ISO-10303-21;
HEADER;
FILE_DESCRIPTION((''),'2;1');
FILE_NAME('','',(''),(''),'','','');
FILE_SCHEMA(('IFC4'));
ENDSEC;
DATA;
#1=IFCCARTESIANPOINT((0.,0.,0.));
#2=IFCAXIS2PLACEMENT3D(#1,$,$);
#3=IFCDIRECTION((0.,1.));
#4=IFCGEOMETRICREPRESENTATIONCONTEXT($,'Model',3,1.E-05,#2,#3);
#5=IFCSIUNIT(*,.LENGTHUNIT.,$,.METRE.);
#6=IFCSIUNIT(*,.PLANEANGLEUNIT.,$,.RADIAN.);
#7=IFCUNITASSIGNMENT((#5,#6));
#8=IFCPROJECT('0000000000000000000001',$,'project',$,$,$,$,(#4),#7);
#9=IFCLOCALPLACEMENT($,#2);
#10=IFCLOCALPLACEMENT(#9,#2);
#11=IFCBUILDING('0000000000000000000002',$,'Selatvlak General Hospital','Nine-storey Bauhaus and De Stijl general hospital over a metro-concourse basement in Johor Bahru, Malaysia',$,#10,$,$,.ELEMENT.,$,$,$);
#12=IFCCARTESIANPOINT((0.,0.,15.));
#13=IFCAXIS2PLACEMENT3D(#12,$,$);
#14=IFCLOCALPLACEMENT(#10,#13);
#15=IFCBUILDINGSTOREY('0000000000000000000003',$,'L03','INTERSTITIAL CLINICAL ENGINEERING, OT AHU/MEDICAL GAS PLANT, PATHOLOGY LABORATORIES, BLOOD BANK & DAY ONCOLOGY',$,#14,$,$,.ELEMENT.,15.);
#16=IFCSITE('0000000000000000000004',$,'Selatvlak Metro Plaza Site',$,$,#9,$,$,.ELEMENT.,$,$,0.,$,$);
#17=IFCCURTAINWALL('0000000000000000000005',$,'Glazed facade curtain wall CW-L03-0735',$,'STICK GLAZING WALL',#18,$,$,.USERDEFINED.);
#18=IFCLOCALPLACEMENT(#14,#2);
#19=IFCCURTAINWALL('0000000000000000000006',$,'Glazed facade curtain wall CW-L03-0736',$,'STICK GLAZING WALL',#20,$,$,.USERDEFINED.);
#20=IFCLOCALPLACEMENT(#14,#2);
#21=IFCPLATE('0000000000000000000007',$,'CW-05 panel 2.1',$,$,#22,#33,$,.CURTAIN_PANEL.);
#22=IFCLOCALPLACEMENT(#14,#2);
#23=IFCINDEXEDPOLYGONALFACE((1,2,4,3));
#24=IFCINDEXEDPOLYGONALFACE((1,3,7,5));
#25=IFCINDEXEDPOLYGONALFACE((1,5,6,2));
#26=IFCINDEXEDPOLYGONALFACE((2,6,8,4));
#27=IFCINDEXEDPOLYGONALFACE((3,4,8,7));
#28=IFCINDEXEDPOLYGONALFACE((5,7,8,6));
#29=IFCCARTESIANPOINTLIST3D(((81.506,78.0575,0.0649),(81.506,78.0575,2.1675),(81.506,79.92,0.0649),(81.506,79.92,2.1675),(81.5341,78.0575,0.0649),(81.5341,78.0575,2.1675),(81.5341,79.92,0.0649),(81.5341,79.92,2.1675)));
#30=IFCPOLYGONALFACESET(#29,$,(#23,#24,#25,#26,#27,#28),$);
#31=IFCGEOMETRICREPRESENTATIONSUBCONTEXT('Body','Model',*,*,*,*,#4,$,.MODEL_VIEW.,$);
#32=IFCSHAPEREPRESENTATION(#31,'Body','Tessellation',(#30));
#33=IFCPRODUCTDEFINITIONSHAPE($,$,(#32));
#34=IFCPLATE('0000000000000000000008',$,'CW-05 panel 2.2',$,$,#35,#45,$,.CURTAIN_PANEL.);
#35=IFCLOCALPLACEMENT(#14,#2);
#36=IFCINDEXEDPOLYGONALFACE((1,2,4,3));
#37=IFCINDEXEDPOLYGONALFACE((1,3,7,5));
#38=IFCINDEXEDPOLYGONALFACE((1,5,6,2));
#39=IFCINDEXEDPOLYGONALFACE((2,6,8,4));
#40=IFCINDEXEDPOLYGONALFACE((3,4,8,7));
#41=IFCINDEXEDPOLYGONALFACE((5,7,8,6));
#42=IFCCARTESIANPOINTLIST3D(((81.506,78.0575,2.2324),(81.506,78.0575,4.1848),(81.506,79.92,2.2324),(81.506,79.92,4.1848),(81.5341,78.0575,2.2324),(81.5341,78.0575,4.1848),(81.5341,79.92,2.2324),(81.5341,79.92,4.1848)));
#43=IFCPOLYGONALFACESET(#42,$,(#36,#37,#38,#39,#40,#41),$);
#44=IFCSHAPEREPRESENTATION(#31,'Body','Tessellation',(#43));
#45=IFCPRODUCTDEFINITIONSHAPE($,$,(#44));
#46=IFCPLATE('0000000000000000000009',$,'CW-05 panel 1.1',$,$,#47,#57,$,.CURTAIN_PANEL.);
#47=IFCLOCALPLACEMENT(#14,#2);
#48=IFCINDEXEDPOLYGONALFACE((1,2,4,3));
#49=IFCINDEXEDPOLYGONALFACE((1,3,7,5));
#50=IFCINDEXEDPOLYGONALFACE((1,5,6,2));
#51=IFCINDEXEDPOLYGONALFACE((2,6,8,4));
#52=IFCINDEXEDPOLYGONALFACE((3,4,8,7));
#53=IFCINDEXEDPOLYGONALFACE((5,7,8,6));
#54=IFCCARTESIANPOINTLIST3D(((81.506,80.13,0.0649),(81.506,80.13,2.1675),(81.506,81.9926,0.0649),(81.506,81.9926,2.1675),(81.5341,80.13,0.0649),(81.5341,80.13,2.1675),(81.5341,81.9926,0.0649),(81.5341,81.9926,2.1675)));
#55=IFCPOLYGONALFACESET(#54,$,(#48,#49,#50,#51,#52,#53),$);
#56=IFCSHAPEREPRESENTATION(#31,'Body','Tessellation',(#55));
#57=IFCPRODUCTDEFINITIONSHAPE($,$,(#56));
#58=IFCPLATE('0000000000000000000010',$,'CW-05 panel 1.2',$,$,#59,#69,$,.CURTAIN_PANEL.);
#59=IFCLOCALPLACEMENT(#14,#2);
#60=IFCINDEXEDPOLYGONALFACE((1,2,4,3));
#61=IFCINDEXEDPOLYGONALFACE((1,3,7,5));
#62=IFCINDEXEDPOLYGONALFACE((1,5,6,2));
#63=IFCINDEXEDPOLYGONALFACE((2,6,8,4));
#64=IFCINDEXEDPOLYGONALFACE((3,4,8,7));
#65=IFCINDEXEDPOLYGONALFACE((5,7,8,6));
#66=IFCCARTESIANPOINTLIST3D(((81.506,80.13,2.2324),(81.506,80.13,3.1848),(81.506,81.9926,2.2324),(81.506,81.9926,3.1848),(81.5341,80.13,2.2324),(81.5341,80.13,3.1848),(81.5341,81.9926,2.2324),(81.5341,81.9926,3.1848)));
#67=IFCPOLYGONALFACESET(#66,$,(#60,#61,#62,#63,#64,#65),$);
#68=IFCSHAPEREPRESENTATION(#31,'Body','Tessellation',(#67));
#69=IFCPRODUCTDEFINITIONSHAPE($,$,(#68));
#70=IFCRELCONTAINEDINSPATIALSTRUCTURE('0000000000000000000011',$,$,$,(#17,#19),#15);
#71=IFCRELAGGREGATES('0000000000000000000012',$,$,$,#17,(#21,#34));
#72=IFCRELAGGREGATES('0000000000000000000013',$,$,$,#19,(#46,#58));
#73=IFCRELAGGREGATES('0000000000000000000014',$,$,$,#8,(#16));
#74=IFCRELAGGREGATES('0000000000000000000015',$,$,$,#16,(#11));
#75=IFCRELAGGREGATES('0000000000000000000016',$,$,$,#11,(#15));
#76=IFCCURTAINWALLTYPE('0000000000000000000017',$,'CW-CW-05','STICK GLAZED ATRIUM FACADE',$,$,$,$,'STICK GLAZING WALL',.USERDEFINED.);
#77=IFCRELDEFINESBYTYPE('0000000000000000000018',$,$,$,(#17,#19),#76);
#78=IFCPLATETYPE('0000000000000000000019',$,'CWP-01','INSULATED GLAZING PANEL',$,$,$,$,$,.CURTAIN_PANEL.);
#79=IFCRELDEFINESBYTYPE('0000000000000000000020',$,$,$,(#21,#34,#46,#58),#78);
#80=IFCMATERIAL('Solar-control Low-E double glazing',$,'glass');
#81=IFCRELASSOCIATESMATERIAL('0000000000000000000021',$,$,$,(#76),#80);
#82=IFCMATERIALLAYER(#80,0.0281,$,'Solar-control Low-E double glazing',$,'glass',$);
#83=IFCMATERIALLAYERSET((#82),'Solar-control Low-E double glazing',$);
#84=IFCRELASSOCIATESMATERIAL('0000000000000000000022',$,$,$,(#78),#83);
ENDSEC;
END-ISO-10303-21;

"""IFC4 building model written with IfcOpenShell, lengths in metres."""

from ifc_helpers import new_model, si_unit, direction, frame, origin, origin_2d, place, context, subcontext, project, spatial, rectangle, extrude, material, layer, layer_set, type_object, element, aggregate, save


model = new_model("IFC4")

# Units and contexts
model_context = context("Model", 3, precision=1e-05, world=origin(), true_north=direction((0.0, 1.0)))
body_context = subcontext(model_context, "Body", "Model", "MODEL_VIEW")
ifc_project = project(units=[si_unit("LENGTHUNIT", "METRE"), si_unit("PLANEANGLEUNIT", "RADIAN")], contexts=[model_context])

# Site, building, storey
site_placement = place(None, origin())
site = spatial("IfcSite", under=ifc_project, at=site_placement, Name="Selatvlak Metro Plaza Site", CompositionType="ELEMENT", RefElevation=0.0)
building_placement = place(site_placement, origin())
building = spatial("IfcBuilding", under=site, at=building_placement, Name="Selatvlak General Hospital", Description="Nine-storey Bauhaus and De Stijl general hospital over a metro-concourse basement in Johor Bahru, Malaysia", CompositionType="ELEMENT")
storey_placement = place(building_placement, frame((0.0, 0.0, 15.0)))
storey = spatial("IfcBuildingStorey", under=building, at=storey_placement, Name="L03", Description="INTERSTITIAL CLINICAL ENGINEERING, OT AHU/MEDICAL GAS PLANT, PATHOLOGY LABORATORIES, BLOOD BANK & DAY ONCOLOGY", CompositionType="ELEMENT", Elevation=15.0)

# Shared definitions
ifc_material_1 = material(Name="Solar-control Low-E double glazing", Category="glass")
curtain_wall_type = type_object("IfcCurtainWallType", Name="CW-CW-05", Description="STICK GLAZED ATRIUM FACADE", ElementType="STICK GLAZING WALL", PredefinedType="USERDEFINED", material=ifc_material_1)

# Curtain walls
curtain_wall_1_placement = place(storey_placement, origin())
curtain_wall_1 = element("IfcCurtainWall", 1, at=curtain_wall_1_placement, inside=storey, type_object=curtain_wall_type, Name="Glazed facade curtain wall CW-L03-0735", ObjectType="STICK GLAZING WALL", PredefinedType="USERDEFINED")
curtain_wall_2_placement = place(storey_placement, origin())
curtain_wall_2 = element("IfcCurtainWall", 2, at=curtain_wall_2_placement, inside=storey, type_object=curtain_wall_type, Name="Glazed facade curtain wall CW-L03-0736", ObjectType="STICK GLAZING WALL", PredefinedType="USERDEFINED")

# Plates
ifc_layer = layer(ifc_material_1, 0.0281, Name="Solar-control Low-E double glazing", Category="glass")
ifc_layer_set = layer_set([ifc_layer], Name="Solar-control Low-E double glazing")
plate_type = type_object("IfcPlateType", Name="CWP-01", Description="INSULATED GLAZING PANEL", PredefinedType="CURTAIN_PANEL", material=ifc_layer_set)
plate_1_placement = place(storey_placement, frame((81.52, 78.9888, 0.0649), z_axis=(0.0, 0.0, 1.0), x_axis=(0.0, 1.0, 0.0)))
plate_1 = element("IfcPlate", 3, at=plate_1_placement, type_object=plate_type, Name="CW-05 panel 2.1", PredefinedType="CURTAIN_PANEL", context=body_context, shape_type="SweptSolid", body=[
    extrude(rectangle(XDim=1.8625, YDim=0.0281, at=origin_2d()), origin(), (0.0, 0.0, 1.0), 2.1025),
])
plate_2_placement = place(storey_placement, frame((81.52, 78.9888, 2.2324), z_axis=(0.0, 0.0, 1.0), x_axis=(0.0, 1.0, 0.0)))
plate_2 = element("IfcPlate", 4, at=plate_2_placement, type_object=plate_type, Name="CW-05 panel 2.2", PredefinedType="CURTAIN_PANEL", context=body_context, shape_type="SweptSolid", body=[
    extrude(rectangle(XDim=1.8625, YDim=0.0281, at=origin_2d()), origin(), (0.0, 0.0, 1.0), 1.9524),
])
aggregate(curtain_wall_1, [plate_1, plate_2])
plate_3_placement = place(storey_placement, frame((81.52, 81.0613, 0.0649), z_axis=(0.0, 0.0, 1.0), x_axis=(0.0, 1.0, 0.0)))
plate_3 = element("IfcPlate", 5, at=plate_3_placement, type_object=plate_type, Name="CW-05 panel 1.1", PredefinedType="CURTAIN_PANEL", context=body_context, shape_type="SweptSolid", body=[
    extrude(rectangle(XDim=1.8625, YDim=0.0281, at=origin_2d()), origin(), (0.0, 0.0, 1.0), 2.1025),
])
plate_4_placement = place(storey_placement, frame((81.52, 81.0613, 2.2324), z_axis=(0.0, 0.0, 1.0), x_axis=(0.0, 1.0, 0.0)))
plate_4 = element("IfcPlate", 6, at=plate_4_placement, type_object=plate_type, Name="CW-05 panel 1.2", PredefinedType="CURTAIN_PANEL", context=body_context, shape_type="SweptSolid", body=[
    extrude(rectangle(XDim=1.8625, YDim=0.0281, at=origin_2d()), origin(), (0.0, 0.0, 1.0), 0.9524),
])
aggregate(curtain_wall_2, [plate_3, plate_4])

save(model, "model.ifc")
